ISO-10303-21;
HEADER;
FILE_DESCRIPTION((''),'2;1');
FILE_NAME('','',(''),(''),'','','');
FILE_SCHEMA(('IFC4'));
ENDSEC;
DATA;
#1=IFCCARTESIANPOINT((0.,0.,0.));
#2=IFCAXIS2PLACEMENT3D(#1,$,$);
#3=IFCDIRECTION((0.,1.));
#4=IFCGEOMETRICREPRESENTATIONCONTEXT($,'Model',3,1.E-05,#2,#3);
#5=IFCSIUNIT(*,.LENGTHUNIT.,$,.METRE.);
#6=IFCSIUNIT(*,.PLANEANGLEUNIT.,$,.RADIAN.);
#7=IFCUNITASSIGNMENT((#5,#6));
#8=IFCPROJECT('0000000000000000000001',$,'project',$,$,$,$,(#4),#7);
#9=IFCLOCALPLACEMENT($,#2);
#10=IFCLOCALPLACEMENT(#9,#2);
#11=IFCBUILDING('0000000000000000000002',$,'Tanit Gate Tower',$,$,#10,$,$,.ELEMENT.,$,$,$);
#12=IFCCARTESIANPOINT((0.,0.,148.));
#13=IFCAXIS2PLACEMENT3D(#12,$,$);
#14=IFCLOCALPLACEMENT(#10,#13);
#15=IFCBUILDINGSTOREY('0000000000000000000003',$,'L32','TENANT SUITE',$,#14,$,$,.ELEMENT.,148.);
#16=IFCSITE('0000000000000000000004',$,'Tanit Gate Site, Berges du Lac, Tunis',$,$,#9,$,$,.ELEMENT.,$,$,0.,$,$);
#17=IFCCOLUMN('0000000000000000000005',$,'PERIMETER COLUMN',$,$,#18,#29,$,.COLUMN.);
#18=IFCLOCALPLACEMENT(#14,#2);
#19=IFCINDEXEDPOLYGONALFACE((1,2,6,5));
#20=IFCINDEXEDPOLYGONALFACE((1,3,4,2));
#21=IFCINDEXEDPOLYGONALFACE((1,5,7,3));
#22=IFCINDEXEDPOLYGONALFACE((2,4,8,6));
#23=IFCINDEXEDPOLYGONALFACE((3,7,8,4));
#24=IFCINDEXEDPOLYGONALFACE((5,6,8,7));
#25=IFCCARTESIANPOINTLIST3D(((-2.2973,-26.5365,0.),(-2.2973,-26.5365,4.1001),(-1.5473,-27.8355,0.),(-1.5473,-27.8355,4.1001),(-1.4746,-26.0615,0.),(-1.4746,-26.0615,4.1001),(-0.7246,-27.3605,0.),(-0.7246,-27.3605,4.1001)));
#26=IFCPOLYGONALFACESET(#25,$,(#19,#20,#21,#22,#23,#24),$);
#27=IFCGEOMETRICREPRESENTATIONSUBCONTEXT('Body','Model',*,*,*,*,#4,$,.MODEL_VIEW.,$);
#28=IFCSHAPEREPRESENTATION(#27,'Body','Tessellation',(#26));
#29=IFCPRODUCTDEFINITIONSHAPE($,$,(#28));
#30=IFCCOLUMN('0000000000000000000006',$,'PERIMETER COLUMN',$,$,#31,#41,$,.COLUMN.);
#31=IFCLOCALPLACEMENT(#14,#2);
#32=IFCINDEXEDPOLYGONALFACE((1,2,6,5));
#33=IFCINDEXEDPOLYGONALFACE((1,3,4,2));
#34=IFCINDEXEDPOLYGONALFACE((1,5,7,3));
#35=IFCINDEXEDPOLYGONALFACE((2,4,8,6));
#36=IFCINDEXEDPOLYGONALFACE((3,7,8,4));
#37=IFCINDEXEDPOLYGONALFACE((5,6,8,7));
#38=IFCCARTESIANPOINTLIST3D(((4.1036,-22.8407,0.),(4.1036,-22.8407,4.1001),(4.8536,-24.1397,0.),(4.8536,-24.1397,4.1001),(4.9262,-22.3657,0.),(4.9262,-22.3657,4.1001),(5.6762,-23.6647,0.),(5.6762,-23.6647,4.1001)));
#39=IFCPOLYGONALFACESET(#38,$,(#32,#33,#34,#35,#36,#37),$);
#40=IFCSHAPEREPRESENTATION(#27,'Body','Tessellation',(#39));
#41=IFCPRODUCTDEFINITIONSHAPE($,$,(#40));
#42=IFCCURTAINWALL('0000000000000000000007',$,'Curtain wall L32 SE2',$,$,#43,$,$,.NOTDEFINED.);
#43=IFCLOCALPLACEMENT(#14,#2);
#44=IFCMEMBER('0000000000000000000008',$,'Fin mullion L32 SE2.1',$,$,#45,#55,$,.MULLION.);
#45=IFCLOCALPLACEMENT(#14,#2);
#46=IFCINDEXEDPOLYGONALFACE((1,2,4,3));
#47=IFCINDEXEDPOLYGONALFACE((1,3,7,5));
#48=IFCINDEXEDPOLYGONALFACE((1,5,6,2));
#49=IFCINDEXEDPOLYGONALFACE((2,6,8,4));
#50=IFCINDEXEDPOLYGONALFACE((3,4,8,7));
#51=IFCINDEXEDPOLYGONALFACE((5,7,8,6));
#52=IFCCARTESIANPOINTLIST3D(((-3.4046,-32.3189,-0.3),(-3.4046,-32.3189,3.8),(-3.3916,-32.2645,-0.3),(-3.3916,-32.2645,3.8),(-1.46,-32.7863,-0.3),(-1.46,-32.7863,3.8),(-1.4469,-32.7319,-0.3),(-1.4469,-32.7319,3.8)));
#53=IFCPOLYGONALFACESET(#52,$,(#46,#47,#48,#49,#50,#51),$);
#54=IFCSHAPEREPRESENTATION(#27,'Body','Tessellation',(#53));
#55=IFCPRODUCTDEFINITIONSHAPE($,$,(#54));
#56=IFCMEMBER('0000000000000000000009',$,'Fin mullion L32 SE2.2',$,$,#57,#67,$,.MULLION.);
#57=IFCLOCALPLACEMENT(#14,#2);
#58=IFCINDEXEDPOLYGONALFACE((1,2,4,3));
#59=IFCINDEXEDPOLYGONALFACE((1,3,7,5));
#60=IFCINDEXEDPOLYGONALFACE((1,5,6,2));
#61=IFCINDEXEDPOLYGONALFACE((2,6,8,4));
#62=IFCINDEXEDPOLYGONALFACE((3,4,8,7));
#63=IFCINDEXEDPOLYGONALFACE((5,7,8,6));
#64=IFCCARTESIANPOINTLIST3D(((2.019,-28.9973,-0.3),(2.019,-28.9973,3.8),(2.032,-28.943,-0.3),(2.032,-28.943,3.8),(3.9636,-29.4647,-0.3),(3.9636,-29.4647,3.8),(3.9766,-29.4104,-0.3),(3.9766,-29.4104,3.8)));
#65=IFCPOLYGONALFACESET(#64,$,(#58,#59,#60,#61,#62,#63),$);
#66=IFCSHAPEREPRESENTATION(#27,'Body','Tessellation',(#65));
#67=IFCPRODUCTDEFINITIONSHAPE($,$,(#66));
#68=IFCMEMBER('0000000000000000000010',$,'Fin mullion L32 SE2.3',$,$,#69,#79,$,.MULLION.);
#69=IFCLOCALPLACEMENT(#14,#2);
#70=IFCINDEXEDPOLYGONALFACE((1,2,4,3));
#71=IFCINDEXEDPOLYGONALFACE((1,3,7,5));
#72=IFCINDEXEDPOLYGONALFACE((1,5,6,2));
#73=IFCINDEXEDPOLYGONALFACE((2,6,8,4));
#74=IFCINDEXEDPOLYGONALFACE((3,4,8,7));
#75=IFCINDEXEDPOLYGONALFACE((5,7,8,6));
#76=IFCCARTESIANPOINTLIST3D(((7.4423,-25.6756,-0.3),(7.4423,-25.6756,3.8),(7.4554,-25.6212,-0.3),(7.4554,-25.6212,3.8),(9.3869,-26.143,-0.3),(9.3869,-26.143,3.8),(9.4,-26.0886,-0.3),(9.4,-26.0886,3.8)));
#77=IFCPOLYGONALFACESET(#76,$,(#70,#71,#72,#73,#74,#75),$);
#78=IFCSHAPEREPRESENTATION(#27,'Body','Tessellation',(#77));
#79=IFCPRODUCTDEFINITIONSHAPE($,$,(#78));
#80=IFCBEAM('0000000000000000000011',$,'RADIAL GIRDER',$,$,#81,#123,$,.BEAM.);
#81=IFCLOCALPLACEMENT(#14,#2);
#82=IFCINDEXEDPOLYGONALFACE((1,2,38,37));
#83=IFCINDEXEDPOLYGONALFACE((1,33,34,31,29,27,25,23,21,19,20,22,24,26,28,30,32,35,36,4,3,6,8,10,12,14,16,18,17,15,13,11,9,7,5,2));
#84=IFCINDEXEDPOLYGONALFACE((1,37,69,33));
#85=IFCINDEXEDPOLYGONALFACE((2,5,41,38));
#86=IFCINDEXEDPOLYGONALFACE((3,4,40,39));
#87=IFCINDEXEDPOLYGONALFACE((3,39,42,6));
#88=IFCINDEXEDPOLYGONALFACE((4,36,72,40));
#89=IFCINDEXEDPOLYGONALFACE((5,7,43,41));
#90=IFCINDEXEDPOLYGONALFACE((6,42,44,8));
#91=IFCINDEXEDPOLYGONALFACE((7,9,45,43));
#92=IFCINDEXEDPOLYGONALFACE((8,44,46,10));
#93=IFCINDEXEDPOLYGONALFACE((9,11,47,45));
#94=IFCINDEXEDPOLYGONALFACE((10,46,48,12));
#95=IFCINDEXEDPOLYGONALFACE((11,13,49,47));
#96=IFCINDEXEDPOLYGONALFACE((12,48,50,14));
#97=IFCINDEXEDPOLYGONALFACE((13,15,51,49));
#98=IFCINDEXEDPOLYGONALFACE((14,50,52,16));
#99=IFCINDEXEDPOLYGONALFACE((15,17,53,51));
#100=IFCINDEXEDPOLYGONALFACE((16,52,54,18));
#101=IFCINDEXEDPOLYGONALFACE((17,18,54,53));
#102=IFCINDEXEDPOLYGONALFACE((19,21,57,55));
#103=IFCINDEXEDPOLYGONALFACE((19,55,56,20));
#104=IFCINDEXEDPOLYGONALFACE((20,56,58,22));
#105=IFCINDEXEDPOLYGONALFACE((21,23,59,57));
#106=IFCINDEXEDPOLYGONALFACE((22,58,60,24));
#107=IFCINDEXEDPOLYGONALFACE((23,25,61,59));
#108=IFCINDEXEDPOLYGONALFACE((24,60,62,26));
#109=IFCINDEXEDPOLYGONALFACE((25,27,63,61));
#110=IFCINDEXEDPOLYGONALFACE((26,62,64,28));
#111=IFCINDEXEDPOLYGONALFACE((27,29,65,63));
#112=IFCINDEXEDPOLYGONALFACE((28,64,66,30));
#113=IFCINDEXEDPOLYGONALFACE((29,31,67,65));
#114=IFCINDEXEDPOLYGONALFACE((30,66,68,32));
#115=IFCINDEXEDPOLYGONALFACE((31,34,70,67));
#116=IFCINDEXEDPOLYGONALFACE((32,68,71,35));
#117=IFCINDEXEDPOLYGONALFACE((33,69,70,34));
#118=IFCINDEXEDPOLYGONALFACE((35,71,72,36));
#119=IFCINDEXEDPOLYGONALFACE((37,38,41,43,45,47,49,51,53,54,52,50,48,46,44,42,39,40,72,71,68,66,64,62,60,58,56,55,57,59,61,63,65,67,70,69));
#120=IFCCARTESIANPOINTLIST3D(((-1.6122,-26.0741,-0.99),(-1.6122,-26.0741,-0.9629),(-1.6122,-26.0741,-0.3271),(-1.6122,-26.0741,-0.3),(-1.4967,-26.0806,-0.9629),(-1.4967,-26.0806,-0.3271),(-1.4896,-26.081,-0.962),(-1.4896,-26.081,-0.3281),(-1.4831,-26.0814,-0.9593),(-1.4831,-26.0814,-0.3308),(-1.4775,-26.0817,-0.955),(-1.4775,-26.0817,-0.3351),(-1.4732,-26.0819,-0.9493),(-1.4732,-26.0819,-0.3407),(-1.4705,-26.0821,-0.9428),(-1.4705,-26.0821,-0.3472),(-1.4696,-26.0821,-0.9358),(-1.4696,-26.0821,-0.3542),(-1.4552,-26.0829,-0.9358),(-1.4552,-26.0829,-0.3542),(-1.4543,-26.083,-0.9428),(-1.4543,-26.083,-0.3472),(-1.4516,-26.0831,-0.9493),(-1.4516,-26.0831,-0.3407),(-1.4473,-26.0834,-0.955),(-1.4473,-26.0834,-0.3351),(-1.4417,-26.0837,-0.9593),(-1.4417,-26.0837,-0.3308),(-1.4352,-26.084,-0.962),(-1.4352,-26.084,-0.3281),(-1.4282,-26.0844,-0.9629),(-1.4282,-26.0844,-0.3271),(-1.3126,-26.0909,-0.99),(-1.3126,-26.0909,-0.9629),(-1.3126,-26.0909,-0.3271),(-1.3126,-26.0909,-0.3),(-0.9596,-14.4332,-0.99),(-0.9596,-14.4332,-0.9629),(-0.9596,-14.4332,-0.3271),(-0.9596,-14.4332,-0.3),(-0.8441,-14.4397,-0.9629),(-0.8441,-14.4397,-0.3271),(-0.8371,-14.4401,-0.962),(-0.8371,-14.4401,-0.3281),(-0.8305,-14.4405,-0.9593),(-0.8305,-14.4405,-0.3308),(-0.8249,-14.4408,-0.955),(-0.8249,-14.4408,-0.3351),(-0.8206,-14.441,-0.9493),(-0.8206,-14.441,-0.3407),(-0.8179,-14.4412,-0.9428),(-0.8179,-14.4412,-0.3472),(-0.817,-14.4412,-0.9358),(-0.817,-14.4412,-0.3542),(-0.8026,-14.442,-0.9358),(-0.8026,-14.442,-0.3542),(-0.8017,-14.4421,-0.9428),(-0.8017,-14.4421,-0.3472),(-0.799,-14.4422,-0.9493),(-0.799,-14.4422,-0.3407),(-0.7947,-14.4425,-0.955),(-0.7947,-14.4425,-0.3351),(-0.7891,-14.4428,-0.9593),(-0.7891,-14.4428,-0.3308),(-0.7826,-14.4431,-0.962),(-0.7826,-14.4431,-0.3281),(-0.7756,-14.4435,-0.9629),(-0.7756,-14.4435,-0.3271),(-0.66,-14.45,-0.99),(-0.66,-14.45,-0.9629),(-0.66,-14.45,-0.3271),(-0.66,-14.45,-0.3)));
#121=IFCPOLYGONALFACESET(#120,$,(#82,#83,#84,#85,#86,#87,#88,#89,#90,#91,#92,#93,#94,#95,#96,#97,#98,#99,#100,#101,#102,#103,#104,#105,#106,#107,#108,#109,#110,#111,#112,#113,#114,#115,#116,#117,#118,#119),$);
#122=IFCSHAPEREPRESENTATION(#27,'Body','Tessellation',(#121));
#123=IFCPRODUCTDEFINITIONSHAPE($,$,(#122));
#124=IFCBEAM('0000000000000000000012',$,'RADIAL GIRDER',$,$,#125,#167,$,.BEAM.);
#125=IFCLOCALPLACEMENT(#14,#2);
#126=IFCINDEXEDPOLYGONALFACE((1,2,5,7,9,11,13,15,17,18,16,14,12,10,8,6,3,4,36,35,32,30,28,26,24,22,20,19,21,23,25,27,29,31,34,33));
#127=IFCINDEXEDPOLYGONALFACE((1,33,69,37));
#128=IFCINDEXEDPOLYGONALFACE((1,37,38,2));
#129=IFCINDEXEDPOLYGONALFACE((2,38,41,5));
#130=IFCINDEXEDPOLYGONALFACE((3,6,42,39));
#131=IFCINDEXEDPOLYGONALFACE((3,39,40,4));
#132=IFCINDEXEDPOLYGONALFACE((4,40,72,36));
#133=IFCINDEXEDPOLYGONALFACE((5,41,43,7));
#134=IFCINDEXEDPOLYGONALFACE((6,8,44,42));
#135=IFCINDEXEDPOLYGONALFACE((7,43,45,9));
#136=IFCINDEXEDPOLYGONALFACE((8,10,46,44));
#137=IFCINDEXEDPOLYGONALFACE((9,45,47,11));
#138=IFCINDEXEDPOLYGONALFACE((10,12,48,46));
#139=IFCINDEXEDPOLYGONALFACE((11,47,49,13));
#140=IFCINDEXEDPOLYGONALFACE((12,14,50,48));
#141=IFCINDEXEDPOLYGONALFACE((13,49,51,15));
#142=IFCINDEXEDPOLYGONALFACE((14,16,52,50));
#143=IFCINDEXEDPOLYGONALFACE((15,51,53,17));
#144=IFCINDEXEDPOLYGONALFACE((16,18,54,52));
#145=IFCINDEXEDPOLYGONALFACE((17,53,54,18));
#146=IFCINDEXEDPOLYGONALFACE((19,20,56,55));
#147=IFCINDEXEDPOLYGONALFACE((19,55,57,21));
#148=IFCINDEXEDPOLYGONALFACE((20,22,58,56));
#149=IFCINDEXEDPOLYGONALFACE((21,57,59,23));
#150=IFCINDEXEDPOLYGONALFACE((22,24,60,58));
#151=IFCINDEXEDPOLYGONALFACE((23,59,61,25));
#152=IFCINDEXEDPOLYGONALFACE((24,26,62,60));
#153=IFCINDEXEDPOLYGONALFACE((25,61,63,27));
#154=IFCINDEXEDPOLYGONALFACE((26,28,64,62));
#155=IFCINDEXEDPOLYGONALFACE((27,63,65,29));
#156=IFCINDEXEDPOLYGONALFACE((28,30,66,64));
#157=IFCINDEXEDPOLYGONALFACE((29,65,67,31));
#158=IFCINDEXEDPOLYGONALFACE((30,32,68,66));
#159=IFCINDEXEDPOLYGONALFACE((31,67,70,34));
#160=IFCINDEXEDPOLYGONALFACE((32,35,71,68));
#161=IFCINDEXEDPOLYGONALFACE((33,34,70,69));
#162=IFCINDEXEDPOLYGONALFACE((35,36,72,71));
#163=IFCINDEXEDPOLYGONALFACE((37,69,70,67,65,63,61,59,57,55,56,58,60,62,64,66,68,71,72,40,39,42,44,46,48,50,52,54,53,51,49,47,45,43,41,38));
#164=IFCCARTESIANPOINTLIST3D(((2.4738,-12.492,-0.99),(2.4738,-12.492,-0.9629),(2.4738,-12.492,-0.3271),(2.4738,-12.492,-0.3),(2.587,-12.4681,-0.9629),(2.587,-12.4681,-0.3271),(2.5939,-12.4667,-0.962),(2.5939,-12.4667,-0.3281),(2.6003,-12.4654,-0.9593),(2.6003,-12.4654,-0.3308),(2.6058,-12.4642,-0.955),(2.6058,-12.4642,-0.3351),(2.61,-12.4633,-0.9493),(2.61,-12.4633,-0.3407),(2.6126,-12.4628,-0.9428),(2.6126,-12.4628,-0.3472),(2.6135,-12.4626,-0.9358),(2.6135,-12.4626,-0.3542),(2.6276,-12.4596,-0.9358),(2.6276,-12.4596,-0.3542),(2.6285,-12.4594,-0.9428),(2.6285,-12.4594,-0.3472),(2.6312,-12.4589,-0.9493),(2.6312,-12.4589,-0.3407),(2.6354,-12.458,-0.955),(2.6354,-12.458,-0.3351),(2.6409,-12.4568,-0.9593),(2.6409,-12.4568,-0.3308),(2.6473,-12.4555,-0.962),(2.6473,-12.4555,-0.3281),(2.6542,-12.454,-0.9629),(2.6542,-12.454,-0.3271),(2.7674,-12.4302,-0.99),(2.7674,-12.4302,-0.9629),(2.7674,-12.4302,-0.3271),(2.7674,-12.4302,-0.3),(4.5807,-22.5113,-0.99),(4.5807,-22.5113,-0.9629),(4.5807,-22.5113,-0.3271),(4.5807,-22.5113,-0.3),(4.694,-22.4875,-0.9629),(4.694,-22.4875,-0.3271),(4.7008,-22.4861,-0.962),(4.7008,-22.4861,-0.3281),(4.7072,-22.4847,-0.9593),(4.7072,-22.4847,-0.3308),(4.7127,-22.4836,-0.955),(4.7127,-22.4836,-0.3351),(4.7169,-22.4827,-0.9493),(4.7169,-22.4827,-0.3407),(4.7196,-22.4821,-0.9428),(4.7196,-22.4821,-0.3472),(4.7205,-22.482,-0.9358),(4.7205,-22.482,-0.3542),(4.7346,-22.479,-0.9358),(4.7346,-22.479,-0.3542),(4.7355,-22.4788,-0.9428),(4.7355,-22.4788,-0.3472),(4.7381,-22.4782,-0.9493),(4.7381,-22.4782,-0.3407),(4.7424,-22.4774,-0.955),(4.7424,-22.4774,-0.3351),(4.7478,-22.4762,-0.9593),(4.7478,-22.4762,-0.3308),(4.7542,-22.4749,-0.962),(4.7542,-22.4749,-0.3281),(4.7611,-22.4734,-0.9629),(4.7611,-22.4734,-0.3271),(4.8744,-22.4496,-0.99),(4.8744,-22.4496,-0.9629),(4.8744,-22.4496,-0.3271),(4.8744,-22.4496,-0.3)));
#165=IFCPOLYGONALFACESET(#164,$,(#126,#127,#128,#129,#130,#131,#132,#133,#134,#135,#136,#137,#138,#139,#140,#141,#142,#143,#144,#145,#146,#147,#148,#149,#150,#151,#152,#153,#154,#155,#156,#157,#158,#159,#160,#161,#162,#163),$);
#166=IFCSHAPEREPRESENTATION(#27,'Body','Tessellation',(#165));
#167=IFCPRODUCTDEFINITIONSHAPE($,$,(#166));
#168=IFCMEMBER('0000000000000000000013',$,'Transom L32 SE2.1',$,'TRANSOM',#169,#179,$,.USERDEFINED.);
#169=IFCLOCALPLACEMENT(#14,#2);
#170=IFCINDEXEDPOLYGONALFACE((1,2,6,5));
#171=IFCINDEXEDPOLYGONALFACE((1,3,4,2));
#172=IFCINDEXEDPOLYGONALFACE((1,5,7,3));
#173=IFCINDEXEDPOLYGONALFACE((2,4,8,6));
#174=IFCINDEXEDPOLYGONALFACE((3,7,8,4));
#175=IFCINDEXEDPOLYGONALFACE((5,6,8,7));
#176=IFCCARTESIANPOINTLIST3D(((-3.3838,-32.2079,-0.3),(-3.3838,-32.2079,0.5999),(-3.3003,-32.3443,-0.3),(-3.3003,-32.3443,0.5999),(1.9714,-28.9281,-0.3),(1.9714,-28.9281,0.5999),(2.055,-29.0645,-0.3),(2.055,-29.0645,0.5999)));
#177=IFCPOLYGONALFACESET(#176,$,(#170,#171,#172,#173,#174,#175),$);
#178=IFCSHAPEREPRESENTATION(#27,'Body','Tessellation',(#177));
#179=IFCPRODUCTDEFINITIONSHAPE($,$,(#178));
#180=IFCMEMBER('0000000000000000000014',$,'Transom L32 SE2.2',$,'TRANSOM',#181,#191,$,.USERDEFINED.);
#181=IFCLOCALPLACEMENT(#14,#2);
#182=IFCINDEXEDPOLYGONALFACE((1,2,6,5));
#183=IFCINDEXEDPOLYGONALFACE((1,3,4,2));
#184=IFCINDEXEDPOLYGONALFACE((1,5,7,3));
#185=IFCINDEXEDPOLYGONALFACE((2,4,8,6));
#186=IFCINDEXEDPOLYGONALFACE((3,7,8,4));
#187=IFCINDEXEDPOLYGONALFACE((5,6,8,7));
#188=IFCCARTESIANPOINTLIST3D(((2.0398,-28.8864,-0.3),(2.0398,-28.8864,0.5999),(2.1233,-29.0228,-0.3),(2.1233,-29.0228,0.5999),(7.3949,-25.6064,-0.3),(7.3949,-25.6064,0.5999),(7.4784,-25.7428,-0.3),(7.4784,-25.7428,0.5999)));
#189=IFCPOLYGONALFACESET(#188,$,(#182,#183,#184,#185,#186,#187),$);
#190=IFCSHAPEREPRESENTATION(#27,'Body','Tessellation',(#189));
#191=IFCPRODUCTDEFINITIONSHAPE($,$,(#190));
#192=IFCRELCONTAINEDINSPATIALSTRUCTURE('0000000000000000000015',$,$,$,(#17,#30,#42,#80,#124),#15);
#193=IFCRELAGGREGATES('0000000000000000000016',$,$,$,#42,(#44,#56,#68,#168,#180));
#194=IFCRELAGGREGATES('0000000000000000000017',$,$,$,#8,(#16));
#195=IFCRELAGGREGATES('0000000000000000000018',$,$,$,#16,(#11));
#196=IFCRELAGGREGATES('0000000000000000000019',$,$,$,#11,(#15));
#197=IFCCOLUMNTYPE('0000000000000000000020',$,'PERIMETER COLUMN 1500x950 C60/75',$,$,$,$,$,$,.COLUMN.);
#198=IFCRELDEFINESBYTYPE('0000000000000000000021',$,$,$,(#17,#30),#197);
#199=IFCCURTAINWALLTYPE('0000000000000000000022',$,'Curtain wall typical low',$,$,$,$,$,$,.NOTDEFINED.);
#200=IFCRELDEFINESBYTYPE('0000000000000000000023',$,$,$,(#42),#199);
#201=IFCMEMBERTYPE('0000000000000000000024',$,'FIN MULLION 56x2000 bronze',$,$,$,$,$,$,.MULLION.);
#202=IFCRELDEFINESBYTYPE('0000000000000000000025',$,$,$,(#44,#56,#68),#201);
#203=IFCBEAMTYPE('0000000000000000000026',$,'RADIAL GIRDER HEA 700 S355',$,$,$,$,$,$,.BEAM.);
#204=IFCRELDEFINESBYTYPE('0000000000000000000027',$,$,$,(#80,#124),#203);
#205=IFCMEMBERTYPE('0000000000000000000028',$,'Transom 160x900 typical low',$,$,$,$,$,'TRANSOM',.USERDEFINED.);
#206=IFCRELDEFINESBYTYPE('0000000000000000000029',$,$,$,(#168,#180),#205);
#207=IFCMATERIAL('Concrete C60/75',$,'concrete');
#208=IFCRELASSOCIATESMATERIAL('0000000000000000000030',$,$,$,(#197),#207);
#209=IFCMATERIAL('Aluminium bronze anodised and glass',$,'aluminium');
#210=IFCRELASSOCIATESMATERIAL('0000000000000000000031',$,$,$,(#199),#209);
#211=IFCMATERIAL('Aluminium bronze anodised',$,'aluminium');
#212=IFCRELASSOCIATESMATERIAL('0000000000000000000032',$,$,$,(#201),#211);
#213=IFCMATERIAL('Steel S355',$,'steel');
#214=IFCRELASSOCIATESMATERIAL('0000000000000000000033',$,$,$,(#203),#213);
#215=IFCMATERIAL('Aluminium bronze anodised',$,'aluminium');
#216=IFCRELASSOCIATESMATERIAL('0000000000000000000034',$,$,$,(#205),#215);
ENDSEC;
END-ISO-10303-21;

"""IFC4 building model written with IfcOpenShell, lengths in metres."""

from ifc_helpers import new_model, si_unit, direction, frame, origin, origin_2d, place, context, subcontext, project, spatial, rectangle, i_section, extrude, material, material_profile, profile_set, type_object, element, aggregate, save


model = new_model("IFC4")

# Units and contexts
model_context = context("Model", 3, precision=1e-05, world=origin(), true_north=direction((0.0, 1.0)))
body_context = subcontext(model_context, "Body", "Model", "MODEL_VIEW")
ifc_project = project(units=[si_unit("LENGTHUNIT", "METRE"), si_unit("PLANEANGLEUNIT", "RADIAN")], contexts=[model_context])

# Site, building, storey
site_placement = place(None, origin())
site = spatial("IfcSite", under=ifc_project, at=site_placement, Name="Tanit Gate Site, Berges du Lac, Tunis", CompositionType="ELEMENT", RefElevation=0.0)
building_placement = place(site_placement, origin())
building = spatial("IfcBuilding", under=site, at=building_placement, Name="Tanit Gate Tower", CompositionType="ELEMENT")
storey_placement = place(building_placement, frame((0.0, 0.0, 148.0)))
storey = spatial("IfcBuildingStorey", under=building, at=storey_placement, Name="L32", Description="TENANT SUITE", CompositionType="ELEMENT", Elevation=148.0)

# Columns
ifc_material_1 = material(Name="Concrete C60/75", Category="concrete")
ifc_material_profile_1 = material_profile(ifc_material_1, rectangle(XDim=1.5, YDim=0.95, at=origin_2d()), Name="RC 1500x950")
ifc_profile_set_1 = profile_set([ifc_material_profile_1], Name="Concrete C60/75")
column_type = type_object("IfcColumnType", Name="PERIMETER COLUMN 1500x950 C60/75", PredefinedType="COLUMN", material=ifc_profile_set_1)
for number, where, z_axis, x_axis, name in (
    (1, (-1.511, -26.9485, 0.0), (0.0, 0.0, 1.0), (0.5, -0.866025, 0.0), "PERIMETER COLUMN"),
    (2, (4.8899, -23.2527, 0.0), (0.0, 0.0, 1.0), (0.5, -0.866025, 0.0), "PERIMETER COLUMN"),
):
    element("IfcColumn", number, at=place(storey_placement, frame(where, z_axis=z_axis, x_axis=x_axis)), inside=storey, type_object=column_type, Name=name, PredefinedType="COLUMN", context=body_context, shape_type="SweptSolid", body=[
        extrude(rectangle(XDim=1.5, YDim=0.95, at=origin_2d()), origin(), (0.0, 0.0, 1.0), 4.1001),
    ])

# Curtain wall, members
ifc_material_2 = material(Name="Aluminium bronze anodised and glass", Category="aluminium")
curtain_wall_type = type_object("IfcCurtainWallType", Name="Curtain wall typical low", PredefinedType="NOTDEFINED", material=ifc_material_2)
curtain_wall_placement = place(storey_placement, origin())
curtain_wall = element("IfcCurtainWall", 3, at=curtain_wall_placement, inside=storey, type_object=curtain_wall_type, Name="Curtain wall L32 SE2", PredefinedType="NOTDEFINED")
ifc_material_3 = material(Name="Aluminium bronze anodised", Category="aluminium")
ifc_material_profile_2 = material_profile(ifc_material_3, rectangle(XDim=2.0, YDim=0.0559, at=origin_2d()), Name="56x2000 bronze fin mullion")
ifc_profile_set_2 = profile_set([ifc_material_profile_2], Name="Aluminium bronze anodised")
member_type_1 = type_object("IfcMemberType", Name="FIN MULLION 56x2000 bronze", PredefinedType="MULLION", material=ifc_profile_set_2)
member_1_placement = place(storey_placement, frame((-2.4258, -32.5254, -0.3), z_axis=(0.0, 0.0, 1.0), x_axis=(-0.972311, 0.233691, 0.0)))
member_1 = element("IfcMember", 4, at=member_1_placement, type_object=member_type_1, Name="Fin mullion L32 SE2.1", PredefinedType="MULLION", context=body_context, shape_type="SweptSolid", body=[
    extrude(rectangle(XDim=2.0, YDim=0.0559, at=origin_2d()), origin(), (0.0, 0.0, 1.0), 4.1001),
])
member_2_placement = place(storey_placement, frame((2.9978, -29.2039, -0.3), z_axis=(0.0, 0.0, 1.0), x_axis=(-0.972311, 0.233691, 0.0)))
member_2 = element("IfcMember", 5, at=member_2_placement, type_object=member_type_1, Name="Fin mullion L32 SE2.2", PredefinedType="MULLION", context=body_context, shape_type="SweptSolid", body=[
    extrude(rectangle(XDim=2.0, YDim=0.0559, at=origin_2d()), origin(), (0.0, 0.0, 1.0), 4.1001),
])
member_3_placement = place(storey_placement, frame((8.4211, -25.8821, -0.3), z_axis=(0.0, 0.0, 1.0), x_axis=(-0.972311, 0.233691, 0.0)))
member_3 = element("IfcMember", 6, at=member_3_placement, type_object=member_type_1, Name="Fin mullion L32 SE2.3", PredefinedType="MULLION", context=body_context, shape_type="SweptSolid", body=[
    extrude(rectangle(XDim=2.0, YDim=0.0559, at=origin_2d()), origin(), (0.0, 0.0, 1.0), 4.1001),
])

# Beams
ifc_material_4 = material(Name="Steel S355", Category="steel")
ifc_material_profile_3 = material_profile(ifc_material_4, i_section(OverallWidth=0.3, OverallDepth=0.6899, WebThickness=0.0144, FlangeThickness=0.0271, FilletRadius=0.0271, at=origin_2d()), Name="HEA 700")
ifc_profile_set_3 = profile_set([ifc_material_profile_3], Name="Steel S355")
beam_type = type_object("IfcBeamType", Name="RADIAL GIRDER HEA 700 S355", PredefinedType="BEAM", material=ifc_profile_set_3)
beam_1_placement = place(storey_placement, frame((-1.4624, -26.0825, -0.645), z_axis=(0.055972, 0.998432, 0.0), x_axis=(-0.998432, 0.055972, 0.0)))
element("IfcBeam", 7, at=beam_1_placement, inside=storey, type_object=beam_type, Name="RADIAL GIRDER", PredefinedType="BEAM", context=body_context, shape_type="SweptSolid", body=[
    extrude(i_section(OverallWidth=0.3, OverallDepth=0.6899, WebThickness=0.0144, FlangeThickness=0.0271, FilletRadius=0.0271, at=origin_2d()), origin(), (0.0, 0.0, 1.0), 11.6592),
])
beam_2_placement = place(storey_placement, frame((4.7275, -22.4805, -0.645), z_axis=(-0.205787, 0.978597, 0.0), x_axis=(-0.978597, -0.205787, 0.0)))
element("IfcBeam", 8, at=beam_2_placement, inside=storey, type_object=beam_type, Name="RADIAL GIRDER", PredefinedType="BEAM", context=body_context, shape_type="SweptSolid", body=[
    extrude(i_section(OverallWidth=0.3, OverallDepth=0.6899, WebThickness=0.0144, FlangeThickness=0.0271, FilletRadius=0.0271, at=origin_2d()), origin(), (0.0, 0.0, 1.0), 10.2385),
])

# Members
ifc_material_5 = material(Name="Aluminium bronze anodised", Category="aluminium")
ifc_material_profile_4 = material_profile(ifc_material_5, rectangle(XDim=0.1599, YDim=0.8999, at=origin_2d()), Name="160x900 bronze transom")
ifc_profile_set_4 = profile_set([ifc_material_profile_4], Name="Aluminium bronze anodised")
member_type_2 = type_object("IfcMemberType", Name="Transom 160x900 typical low", ElementType="TRANSOM", PredefinedType="USERDEFINED", material=ifc_profile_set_4)
member_4_placement = place(storey_placement, frame((-3.342, -32.2761, 0.1499), z_axis=(0.852775, 0.522279, 0.0), x_axis=(-0.522279, 0.852775, 0.0)))
member_4 = element("IfcMember", 9, at=member_4_placement, type_object=member_type_2, Name="Transom L32 SE2.1", ObjectType="TRANSOM", PredefinedType="USERDEFINED", context=body_context, shape_type="SweptSolid", body=[
    extrude(rectangle(XDim=0.1599, YDim=0.8999, at=origin_2d()), origin(), (0.0, 0.0, 1.0), 6.2798),
])
member_5_placement = place(storey_placement, frame((2.0815, -28.9546, 0.1499), z_axis=(0.852758, 0.522307, 0.0), x_axis=(-0.522307, 0.852758, 0.0)))
member_5 = element("IfcMember", 10, at=member_5_placement, type_object=member_type_2, Name="Transom L32 SE2.2", ObjectType="TRANSOM", PredefinedType="USERDEFINED", context=body_context, shape_type="SweptSolid", body=[
    extrude(rectangle(XDim=0.1599, YDim=0.8999, at=origin_2d()), origin(), (0.0, 0.0, 1.0), 6.2798),
])

aggregate(curtain_wall, [member_1, member_2, member_3, member_4, member_5])

save(model, "model.ifc")
